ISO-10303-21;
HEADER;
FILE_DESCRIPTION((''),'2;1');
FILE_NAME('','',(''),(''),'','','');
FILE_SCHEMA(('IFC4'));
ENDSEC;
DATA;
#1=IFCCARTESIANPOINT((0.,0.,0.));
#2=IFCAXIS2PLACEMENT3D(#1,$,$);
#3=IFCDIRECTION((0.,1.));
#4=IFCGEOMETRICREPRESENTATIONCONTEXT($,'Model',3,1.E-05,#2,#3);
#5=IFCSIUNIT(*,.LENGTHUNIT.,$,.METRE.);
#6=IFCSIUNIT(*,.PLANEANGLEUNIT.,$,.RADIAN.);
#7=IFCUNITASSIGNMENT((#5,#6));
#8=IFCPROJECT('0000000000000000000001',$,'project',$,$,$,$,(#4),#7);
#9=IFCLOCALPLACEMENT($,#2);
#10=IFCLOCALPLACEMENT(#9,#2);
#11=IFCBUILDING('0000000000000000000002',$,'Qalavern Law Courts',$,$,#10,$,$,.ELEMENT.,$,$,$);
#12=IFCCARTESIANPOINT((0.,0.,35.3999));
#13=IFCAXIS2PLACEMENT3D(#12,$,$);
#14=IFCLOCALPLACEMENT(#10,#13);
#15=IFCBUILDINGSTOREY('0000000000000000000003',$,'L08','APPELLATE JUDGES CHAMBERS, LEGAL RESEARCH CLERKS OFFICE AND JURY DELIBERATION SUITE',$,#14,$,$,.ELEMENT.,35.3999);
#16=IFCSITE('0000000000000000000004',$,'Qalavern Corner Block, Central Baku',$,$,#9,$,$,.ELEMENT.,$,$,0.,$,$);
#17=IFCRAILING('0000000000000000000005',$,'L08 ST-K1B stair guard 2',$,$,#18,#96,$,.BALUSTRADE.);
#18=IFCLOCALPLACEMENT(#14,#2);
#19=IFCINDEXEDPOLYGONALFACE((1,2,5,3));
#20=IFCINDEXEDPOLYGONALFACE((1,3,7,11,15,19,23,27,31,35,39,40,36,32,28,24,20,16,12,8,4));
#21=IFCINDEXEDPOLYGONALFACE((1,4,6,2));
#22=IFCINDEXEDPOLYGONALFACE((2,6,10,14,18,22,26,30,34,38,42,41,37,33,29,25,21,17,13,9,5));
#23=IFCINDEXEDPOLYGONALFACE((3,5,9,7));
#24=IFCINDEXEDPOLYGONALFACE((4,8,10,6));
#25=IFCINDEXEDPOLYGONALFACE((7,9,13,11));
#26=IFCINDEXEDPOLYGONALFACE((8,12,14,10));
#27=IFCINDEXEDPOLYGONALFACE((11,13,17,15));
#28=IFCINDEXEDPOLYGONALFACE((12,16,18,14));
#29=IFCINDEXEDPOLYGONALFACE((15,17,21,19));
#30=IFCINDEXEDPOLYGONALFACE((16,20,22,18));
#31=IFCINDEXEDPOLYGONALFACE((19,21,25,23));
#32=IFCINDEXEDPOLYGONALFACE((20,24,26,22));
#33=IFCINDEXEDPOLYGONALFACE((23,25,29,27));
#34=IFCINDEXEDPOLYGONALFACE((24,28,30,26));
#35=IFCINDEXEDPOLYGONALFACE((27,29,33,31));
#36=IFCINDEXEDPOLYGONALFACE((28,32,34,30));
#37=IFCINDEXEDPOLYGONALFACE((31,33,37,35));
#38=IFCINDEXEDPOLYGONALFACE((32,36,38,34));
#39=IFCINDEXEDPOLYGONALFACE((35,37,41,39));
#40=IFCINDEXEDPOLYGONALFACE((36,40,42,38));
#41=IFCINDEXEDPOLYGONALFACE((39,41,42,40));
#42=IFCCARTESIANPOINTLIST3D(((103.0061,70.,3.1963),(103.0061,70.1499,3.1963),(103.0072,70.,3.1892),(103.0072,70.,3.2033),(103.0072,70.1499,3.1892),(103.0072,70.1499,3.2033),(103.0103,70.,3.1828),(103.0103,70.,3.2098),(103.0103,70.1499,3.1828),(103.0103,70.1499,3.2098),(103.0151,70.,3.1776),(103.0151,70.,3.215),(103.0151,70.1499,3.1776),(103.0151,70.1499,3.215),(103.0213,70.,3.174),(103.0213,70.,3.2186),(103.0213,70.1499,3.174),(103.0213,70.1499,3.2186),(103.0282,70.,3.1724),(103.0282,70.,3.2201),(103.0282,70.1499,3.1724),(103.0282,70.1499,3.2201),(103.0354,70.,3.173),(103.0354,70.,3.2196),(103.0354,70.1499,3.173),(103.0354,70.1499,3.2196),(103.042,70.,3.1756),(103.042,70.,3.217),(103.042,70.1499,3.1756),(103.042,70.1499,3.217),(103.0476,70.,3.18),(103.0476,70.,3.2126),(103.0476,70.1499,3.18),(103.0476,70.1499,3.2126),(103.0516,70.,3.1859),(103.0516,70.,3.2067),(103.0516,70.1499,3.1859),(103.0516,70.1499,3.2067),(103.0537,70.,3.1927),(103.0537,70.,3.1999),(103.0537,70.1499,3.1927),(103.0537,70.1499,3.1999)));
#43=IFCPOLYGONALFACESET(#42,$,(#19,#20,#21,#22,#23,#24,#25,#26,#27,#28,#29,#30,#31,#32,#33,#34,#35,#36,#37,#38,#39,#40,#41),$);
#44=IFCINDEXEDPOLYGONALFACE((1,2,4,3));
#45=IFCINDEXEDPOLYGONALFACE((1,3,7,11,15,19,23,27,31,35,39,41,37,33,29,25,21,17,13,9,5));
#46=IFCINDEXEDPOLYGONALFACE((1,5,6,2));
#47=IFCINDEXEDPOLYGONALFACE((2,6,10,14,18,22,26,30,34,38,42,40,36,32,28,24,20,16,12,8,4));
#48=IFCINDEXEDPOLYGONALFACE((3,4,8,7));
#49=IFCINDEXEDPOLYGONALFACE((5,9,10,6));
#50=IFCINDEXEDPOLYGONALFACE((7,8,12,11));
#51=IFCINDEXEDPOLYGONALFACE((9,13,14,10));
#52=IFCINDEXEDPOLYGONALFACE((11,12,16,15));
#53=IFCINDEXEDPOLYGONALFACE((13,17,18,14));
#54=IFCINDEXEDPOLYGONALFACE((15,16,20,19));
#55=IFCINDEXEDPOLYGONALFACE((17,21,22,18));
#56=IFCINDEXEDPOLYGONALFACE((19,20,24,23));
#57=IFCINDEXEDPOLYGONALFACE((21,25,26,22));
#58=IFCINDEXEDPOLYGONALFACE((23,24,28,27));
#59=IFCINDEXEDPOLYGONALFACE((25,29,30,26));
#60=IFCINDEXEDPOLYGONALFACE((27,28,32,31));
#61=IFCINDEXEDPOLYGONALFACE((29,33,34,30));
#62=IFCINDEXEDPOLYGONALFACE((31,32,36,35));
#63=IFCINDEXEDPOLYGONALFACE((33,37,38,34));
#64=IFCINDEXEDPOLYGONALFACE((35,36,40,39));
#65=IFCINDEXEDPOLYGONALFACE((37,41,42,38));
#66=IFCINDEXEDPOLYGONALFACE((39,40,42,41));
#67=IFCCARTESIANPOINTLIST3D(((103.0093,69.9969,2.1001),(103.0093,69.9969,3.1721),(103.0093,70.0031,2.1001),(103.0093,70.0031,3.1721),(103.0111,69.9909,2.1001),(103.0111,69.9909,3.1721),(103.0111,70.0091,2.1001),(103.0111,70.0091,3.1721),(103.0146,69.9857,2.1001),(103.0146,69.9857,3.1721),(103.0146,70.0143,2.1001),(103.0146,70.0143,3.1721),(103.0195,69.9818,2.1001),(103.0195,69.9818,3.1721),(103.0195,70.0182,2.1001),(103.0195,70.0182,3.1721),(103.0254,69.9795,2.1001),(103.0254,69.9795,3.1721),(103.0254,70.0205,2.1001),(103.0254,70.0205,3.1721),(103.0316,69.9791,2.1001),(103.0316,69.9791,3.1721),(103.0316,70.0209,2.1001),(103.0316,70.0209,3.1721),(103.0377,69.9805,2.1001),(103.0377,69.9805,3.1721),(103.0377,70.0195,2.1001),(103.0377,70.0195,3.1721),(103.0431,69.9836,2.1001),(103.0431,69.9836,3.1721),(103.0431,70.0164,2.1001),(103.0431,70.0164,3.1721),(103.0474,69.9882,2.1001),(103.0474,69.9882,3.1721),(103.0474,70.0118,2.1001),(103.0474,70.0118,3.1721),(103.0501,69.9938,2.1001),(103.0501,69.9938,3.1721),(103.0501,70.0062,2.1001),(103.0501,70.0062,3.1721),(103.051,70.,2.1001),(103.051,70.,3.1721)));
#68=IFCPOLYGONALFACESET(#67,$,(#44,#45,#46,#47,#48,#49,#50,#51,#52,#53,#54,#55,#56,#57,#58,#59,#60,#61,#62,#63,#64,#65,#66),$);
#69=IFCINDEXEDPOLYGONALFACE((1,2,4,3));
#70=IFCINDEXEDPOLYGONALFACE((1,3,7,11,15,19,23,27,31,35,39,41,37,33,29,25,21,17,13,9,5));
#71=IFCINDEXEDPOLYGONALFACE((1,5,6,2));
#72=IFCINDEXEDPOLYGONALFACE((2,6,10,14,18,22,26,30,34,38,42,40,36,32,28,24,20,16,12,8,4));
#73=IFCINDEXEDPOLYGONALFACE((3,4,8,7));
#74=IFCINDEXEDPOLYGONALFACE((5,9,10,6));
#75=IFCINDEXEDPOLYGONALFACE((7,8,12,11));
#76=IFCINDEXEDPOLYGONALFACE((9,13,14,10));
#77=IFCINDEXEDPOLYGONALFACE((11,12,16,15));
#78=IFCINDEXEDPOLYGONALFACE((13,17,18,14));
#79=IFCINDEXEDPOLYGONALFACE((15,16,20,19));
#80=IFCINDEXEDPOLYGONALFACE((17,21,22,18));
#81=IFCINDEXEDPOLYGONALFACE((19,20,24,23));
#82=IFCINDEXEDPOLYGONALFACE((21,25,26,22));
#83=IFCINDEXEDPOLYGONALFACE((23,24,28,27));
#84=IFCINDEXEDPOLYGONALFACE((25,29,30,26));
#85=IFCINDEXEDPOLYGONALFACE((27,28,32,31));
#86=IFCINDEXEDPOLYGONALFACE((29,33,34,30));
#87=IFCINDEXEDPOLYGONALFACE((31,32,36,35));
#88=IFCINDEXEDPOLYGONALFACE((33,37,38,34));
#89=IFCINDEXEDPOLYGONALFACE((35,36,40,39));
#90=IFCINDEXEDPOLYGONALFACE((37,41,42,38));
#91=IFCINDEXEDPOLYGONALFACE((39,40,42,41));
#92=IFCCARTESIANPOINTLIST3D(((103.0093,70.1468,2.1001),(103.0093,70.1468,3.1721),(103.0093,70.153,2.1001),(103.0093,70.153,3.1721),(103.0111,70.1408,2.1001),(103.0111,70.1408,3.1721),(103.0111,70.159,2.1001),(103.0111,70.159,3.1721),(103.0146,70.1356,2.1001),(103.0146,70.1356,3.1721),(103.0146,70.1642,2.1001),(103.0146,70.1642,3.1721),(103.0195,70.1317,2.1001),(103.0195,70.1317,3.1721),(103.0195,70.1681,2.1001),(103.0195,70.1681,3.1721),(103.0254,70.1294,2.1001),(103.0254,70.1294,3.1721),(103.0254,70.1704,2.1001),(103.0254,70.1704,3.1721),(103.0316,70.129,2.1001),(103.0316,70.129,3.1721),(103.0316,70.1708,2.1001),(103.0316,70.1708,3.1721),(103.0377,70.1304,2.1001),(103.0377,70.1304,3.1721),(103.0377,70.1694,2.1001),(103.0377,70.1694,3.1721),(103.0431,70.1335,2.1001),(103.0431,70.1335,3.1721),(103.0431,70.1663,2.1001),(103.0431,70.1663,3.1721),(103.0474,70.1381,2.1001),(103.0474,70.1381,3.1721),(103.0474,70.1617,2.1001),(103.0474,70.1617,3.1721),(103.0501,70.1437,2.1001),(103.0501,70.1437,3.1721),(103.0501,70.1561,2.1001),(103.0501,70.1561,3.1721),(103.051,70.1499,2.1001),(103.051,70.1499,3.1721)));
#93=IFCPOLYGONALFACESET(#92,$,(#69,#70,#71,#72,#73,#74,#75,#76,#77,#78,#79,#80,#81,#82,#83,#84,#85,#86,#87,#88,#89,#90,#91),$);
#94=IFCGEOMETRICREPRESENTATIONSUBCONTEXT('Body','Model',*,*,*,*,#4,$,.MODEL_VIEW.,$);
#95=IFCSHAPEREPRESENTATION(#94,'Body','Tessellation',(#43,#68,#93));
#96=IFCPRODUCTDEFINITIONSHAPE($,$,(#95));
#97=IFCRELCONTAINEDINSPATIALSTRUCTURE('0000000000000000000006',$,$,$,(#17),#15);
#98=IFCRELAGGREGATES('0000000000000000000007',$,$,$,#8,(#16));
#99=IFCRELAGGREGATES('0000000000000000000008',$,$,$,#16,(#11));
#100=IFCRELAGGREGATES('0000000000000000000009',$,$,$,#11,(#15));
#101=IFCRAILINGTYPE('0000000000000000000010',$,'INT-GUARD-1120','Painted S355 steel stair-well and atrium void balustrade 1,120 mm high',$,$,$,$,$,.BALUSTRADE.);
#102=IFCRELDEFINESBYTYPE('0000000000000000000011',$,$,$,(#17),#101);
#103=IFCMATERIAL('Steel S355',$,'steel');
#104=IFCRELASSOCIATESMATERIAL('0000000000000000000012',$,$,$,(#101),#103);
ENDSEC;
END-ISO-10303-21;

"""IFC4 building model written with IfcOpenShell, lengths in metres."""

from ifc_helpers import new_model, si_unit, direction, frame, origin, origin_2d, place, context, subcontext, project, spatial, circle, extrude, material, type_object, element, save


model = new_model("IFC4")

# Units and contexts
model_context = context("Model", 3, precision=1e-05, world=origin(), true_north=direction((0.0, 1.0)))
body_context = subcontext(model_context, "Body", "Model", "MODEL_VIEW")
ifc_project = project(units=[si_unit("LENGTHUNIT", "METRE"), si_unit("PLANEANGLEUNIT", "RADIAN")], contexts=[model_context])

# Site, building, storey
site_placement = place(None, origin())
site = spatial("IfcSite", under=ifc_project, at=site_placement, Name="Qalavern Corner Block, Central Baku", CompositionType="ELEMENT", RefElevation=0.0)
building_placement = place(site_placement, origin())
building = spatial("IfcBuilding", under=site, at=building_placement, Name="Qalavern Law Courts", CompositionType="ELEMENT")
storey_placement = place(building_placement, frame((0.0, 0.0, 35.3999)))
storey = spatial("IfcBuildingStorey", under=building, at=storey_placement, Name="L08", Description="APPELLATE JUDGES CHAMBERS, LEGAL RESEARCH CLERKS OFFICE AND JURY DELIBERATION SUITE", CompositionType="ELEMENT", Elevation=35.3999)

# Shared definitions
ifc_material_1 = material(Name="Steel S355", Category="steel")

# Railing
railing_type_1 = type_object("IfcRailingType", Name="INT-GUARD-1120", Description="Painted S355 steel stair-well and atrium void balustrade 1,120 mm high", PredefinedType="BALUSTRADE", material=ifc_material_1)
railing_1_placement = place(storey_placement, frame((103.03, 70.0, 2.1001)))
element("IfcRailing", 1, at=railing_1_placement, inside=storey, type_object=railing_type_1, Name="L08 ST-K1B stair guard 2", PredefinedType="BALUSTRADE", context=body_context, shape_type="SweptSolid", body=[
    extrude(circle(Radius=0.0239, at=origin_2d()), frame((0.0, 0.0, 1.0962), z_axis=(0.0, 1.0, 0.0), x_axis=(-1.0, 0.0, 0.0)), (0.0, 0.0, 1.0), 0.1499),
    extrude(circle(Radius=0.021, at=origin_2d()), origin(), (0.0, 0.0, 1.0), 1.072),
    extrude(circle(Radius=0.021, at=origin_2d()), frame((0.0, 0.1499, 0.0)), (0.0, 0.0, 1.0), 1.072),
])

save(model, "model.ifc")
